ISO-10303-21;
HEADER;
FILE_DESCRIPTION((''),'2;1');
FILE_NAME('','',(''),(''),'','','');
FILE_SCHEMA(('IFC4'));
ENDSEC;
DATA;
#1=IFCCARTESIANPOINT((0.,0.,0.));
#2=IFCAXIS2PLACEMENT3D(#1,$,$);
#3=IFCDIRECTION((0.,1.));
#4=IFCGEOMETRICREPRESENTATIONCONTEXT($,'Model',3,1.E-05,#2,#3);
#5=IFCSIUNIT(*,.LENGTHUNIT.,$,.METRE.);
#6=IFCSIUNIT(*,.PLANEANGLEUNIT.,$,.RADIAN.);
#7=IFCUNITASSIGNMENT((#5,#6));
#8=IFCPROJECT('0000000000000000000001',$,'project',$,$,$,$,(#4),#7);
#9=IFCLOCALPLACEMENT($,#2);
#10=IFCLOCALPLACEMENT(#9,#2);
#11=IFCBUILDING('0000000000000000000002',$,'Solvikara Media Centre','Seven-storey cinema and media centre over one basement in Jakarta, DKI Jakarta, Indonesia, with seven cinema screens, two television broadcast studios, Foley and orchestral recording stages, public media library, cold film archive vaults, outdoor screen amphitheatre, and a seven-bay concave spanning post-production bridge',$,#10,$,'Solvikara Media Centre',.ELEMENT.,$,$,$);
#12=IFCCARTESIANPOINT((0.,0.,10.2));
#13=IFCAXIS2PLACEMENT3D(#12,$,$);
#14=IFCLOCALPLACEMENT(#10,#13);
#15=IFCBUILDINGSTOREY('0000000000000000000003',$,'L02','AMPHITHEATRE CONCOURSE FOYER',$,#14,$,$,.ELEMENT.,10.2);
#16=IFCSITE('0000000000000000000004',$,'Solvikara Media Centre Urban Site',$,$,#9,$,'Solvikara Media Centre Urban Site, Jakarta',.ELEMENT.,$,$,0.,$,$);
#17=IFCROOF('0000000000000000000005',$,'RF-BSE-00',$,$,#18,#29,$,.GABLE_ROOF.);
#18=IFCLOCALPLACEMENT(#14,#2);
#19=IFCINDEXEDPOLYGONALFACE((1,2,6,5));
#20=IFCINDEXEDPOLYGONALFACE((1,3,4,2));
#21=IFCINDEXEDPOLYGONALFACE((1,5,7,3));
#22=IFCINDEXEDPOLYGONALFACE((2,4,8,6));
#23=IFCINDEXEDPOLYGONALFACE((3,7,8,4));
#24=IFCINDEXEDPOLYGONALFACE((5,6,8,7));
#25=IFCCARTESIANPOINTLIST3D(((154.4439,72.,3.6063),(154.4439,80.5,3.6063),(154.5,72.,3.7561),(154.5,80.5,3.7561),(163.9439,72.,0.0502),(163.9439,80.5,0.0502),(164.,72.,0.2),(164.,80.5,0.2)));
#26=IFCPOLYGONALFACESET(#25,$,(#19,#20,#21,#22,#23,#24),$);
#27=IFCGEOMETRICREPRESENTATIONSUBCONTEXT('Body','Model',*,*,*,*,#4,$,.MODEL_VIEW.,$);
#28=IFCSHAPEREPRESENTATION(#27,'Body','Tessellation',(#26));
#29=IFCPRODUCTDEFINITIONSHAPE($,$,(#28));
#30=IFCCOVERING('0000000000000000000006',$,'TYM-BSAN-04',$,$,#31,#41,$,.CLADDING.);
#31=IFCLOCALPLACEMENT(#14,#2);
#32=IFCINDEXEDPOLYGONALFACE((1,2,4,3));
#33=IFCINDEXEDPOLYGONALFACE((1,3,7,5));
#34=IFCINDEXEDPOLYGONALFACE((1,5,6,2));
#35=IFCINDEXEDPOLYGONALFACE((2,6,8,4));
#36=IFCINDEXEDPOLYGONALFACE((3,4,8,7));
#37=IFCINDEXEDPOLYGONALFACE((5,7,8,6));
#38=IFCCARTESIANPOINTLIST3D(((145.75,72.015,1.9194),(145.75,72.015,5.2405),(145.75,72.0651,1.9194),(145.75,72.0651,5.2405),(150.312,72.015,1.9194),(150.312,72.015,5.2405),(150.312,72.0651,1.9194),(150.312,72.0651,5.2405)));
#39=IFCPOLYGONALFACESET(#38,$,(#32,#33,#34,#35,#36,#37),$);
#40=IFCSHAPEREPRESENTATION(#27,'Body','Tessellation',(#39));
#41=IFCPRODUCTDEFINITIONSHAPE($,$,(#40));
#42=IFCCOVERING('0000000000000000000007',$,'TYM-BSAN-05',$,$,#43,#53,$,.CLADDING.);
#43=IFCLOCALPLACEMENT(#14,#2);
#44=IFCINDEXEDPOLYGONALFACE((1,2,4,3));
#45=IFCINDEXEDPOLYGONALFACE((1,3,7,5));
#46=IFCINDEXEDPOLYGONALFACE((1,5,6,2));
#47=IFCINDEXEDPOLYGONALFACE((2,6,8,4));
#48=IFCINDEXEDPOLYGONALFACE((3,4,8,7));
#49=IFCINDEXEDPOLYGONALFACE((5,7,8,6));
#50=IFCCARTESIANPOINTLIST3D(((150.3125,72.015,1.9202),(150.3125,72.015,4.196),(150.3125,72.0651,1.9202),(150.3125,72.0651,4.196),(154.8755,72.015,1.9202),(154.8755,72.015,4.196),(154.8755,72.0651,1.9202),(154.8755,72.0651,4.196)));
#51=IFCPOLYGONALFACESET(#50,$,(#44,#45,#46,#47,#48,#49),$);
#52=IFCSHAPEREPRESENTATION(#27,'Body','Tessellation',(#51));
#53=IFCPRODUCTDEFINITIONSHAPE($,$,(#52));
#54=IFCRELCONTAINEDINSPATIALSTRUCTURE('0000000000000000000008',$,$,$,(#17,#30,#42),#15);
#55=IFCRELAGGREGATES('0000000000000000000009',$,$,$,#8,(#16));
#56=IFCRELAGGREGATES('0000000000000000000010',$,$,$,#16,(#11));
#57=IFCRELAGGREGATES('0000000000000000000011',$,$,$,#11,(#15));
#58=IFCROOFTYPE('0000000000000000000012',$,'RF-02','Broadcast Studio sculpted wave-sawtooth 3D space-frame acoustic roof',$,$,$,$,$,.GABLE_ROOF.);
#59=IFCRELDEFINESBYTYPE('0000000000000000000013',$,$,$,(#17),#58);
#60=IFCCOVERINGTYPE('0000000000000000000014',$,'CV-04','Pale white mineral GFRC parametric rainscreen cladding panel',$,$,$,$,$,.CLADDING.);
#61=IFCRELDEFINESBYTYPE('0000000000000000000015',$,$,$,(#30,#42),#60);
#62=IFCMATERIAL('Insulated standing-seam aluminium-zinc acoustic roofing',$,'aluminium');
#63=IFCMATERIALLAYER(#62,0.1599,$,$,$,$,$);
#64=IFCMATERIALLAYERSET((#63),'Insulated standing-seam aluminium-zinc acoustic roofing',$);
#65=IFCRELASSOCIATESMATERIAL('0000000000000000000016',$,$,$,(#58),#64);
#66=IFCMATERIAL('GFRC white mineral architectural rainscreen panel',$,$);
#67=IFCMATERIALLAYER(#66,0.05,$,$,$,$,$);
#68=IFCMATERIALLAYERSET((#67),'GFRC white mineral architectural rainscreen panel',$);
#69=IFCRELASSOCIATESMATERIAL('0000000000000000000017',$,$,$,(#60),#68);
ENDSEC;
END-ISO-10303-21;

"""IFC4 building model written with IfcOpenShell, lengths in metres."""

from ifc_helpers import new_model, si_unit, direction, frame, origin, origin_2d, place, context, subcontext, project, spatial, polyline, rectangle, outline, extrude, material, layer, layer_set, type_object, element, save


model = new_model("IFC4")

# Units and contexts
model_context = context("Model", 3, precision=1e-05, world=origin(), true_north=direction((0.0, 1.0)))
body_context = subcontext(model_context, "Body", "Model", "MODEL_VIEW")
ifc_project = project(units=[si_unit("LENGTHUNIT", "METRE"), si_unit("PLANEANGLEUNIT", "RADIAN")], contexts=[model_context])

# Site, building, storey
site_placement = place(None, origin())
site = spatial("IfcSite", under=ifc_project, at=site_placement, Name="Solvikara Media Centre Urban Site", LongName="Solvikara Media Centre Urban Site, Jakarta", CompositionType="ELEMENT", RefElevation=0.0)
building_placement = place(site_placement, origin())
building = spatial("IfcBuilding", under=site, at=building_placement, Name="Solvikara Media Centre", Description="Seven-storey cinema and media centre over one basement in Jakarta, DKI Jakarta, Indonesia, with seven cinema screens, two television broadcast studios, Foley and orchestral recording stages, public media library, cold film archive vaults, outdoor screen amphitheatre, and a seven-bay concave spanning post-production bridge", LongName="Solvikara Media Centre", CompositionType="ELEMENT")
storey_placement = place(building_placement, frame((0.0, 0.0, 10.2)))
storey = spatial("IfcBuildingStorey", under=building, at=storey_placement, Name="L02", Description="AMPHITHEATRE CONCOURSE FOYER", CompositionType="ELEMENT", Elevation=10.2)

# Roof
ifc_material_1 = material(Name="Insulated standing-seam aluminium-zinc acoustic roofing", Category="aluminium")
ifc_layer_1 = layer(ifc_material_1, 0.1599)
ifc_layer_set_1 = layer_set([ifc_layer_1], Name="Insulated standing-seam aluminium-zinc acoustic roofing")
roof_type = type_object("IfcRoofType", Name="RF-02", Description="Broadcast Studio sculpted wave-sawtooth 3D space-frame acoustic roof", PredefinedType="GABLE_ROOF", material=ifc_layer_set_1)
roof_placement = place(storey_placement, frame((154.5, 72.0, 3.7561), z_axis=(0.350575, 0.0, 0.936535), x_axis=(0.936535, 0.0, -0.350575)))
element("IfcRoof", 1, at=roof_placement, inside=storey, type_object=roof_type, Name="RF-BSE-00", PredefinedType="GABLE_ROOF", context=body_context, shape_type="SweptSolid", body=[
    extrude(outline(polyline([(0.0, 0.0), (10.1438, 0.0), (10.1438, 8.5), (0.0, 8.5), (0.0, 0.0)])), origin(), (0.0, 0.0, -1.0), 0.1599),
])

# Coverings
ifc_material_2 = material(Name="GFRC white mineral architectural rainscreen panel")
ifc_layer_2 = layer(ifc_material_2, 0.05)
ifc_layer_set_2 = layer_set([ifc_layer_2], Name="GFRC white mineral architectural rainscreen panel")
covering_type = type_object("IfcCoveringType", Name="CV-04", Description="Pale white mineral GFRC parametric rainscreen cladding panel", PredefinedType="CLADDING", material=ifc_layer_set_2)
covering_1_placement = place(storey_placement, frame((148.031, 72.04, 1.9194), z_axis=(0.0, 0.0, 1.0), x_axis=(1.0, 0.0, 0.0)))
element("IfcCovering", 2, at=covering_1_placement, inside=storey, type_object=covering_type, Name="TYM-BSAN-04", PredefinedType="CLADDING", context=body_context, shape_type="SweptSolid", body=[
    extrude(rectangle(XDim=4.562, YDim=0.05, at=origin_2d()), origin(), (0.0, 0.0, 1.0), 3.321),
])
covering_2_placement = place(storey_placement, frame((152.594, 72.04, 1.9202), z_axis=(0.0, 0.0, 1.0), x_axis=(1.0, 0.0, 0.0)))
element("IfcCovering", 3, at=covering_2_placement, inside=storey, type_object=covering_type, Name="TYM-BSAN-05", PredefinedType="CLADDING", context=body_context, shape_type="SweptSolid", body=[
    extrude(rectangle(XDim=4.563, YDim=0.05, at=origin_2d()), origin(), (0.0, 0.0, 1.0), 2.2759),
])

save(model, "model.ifc")
